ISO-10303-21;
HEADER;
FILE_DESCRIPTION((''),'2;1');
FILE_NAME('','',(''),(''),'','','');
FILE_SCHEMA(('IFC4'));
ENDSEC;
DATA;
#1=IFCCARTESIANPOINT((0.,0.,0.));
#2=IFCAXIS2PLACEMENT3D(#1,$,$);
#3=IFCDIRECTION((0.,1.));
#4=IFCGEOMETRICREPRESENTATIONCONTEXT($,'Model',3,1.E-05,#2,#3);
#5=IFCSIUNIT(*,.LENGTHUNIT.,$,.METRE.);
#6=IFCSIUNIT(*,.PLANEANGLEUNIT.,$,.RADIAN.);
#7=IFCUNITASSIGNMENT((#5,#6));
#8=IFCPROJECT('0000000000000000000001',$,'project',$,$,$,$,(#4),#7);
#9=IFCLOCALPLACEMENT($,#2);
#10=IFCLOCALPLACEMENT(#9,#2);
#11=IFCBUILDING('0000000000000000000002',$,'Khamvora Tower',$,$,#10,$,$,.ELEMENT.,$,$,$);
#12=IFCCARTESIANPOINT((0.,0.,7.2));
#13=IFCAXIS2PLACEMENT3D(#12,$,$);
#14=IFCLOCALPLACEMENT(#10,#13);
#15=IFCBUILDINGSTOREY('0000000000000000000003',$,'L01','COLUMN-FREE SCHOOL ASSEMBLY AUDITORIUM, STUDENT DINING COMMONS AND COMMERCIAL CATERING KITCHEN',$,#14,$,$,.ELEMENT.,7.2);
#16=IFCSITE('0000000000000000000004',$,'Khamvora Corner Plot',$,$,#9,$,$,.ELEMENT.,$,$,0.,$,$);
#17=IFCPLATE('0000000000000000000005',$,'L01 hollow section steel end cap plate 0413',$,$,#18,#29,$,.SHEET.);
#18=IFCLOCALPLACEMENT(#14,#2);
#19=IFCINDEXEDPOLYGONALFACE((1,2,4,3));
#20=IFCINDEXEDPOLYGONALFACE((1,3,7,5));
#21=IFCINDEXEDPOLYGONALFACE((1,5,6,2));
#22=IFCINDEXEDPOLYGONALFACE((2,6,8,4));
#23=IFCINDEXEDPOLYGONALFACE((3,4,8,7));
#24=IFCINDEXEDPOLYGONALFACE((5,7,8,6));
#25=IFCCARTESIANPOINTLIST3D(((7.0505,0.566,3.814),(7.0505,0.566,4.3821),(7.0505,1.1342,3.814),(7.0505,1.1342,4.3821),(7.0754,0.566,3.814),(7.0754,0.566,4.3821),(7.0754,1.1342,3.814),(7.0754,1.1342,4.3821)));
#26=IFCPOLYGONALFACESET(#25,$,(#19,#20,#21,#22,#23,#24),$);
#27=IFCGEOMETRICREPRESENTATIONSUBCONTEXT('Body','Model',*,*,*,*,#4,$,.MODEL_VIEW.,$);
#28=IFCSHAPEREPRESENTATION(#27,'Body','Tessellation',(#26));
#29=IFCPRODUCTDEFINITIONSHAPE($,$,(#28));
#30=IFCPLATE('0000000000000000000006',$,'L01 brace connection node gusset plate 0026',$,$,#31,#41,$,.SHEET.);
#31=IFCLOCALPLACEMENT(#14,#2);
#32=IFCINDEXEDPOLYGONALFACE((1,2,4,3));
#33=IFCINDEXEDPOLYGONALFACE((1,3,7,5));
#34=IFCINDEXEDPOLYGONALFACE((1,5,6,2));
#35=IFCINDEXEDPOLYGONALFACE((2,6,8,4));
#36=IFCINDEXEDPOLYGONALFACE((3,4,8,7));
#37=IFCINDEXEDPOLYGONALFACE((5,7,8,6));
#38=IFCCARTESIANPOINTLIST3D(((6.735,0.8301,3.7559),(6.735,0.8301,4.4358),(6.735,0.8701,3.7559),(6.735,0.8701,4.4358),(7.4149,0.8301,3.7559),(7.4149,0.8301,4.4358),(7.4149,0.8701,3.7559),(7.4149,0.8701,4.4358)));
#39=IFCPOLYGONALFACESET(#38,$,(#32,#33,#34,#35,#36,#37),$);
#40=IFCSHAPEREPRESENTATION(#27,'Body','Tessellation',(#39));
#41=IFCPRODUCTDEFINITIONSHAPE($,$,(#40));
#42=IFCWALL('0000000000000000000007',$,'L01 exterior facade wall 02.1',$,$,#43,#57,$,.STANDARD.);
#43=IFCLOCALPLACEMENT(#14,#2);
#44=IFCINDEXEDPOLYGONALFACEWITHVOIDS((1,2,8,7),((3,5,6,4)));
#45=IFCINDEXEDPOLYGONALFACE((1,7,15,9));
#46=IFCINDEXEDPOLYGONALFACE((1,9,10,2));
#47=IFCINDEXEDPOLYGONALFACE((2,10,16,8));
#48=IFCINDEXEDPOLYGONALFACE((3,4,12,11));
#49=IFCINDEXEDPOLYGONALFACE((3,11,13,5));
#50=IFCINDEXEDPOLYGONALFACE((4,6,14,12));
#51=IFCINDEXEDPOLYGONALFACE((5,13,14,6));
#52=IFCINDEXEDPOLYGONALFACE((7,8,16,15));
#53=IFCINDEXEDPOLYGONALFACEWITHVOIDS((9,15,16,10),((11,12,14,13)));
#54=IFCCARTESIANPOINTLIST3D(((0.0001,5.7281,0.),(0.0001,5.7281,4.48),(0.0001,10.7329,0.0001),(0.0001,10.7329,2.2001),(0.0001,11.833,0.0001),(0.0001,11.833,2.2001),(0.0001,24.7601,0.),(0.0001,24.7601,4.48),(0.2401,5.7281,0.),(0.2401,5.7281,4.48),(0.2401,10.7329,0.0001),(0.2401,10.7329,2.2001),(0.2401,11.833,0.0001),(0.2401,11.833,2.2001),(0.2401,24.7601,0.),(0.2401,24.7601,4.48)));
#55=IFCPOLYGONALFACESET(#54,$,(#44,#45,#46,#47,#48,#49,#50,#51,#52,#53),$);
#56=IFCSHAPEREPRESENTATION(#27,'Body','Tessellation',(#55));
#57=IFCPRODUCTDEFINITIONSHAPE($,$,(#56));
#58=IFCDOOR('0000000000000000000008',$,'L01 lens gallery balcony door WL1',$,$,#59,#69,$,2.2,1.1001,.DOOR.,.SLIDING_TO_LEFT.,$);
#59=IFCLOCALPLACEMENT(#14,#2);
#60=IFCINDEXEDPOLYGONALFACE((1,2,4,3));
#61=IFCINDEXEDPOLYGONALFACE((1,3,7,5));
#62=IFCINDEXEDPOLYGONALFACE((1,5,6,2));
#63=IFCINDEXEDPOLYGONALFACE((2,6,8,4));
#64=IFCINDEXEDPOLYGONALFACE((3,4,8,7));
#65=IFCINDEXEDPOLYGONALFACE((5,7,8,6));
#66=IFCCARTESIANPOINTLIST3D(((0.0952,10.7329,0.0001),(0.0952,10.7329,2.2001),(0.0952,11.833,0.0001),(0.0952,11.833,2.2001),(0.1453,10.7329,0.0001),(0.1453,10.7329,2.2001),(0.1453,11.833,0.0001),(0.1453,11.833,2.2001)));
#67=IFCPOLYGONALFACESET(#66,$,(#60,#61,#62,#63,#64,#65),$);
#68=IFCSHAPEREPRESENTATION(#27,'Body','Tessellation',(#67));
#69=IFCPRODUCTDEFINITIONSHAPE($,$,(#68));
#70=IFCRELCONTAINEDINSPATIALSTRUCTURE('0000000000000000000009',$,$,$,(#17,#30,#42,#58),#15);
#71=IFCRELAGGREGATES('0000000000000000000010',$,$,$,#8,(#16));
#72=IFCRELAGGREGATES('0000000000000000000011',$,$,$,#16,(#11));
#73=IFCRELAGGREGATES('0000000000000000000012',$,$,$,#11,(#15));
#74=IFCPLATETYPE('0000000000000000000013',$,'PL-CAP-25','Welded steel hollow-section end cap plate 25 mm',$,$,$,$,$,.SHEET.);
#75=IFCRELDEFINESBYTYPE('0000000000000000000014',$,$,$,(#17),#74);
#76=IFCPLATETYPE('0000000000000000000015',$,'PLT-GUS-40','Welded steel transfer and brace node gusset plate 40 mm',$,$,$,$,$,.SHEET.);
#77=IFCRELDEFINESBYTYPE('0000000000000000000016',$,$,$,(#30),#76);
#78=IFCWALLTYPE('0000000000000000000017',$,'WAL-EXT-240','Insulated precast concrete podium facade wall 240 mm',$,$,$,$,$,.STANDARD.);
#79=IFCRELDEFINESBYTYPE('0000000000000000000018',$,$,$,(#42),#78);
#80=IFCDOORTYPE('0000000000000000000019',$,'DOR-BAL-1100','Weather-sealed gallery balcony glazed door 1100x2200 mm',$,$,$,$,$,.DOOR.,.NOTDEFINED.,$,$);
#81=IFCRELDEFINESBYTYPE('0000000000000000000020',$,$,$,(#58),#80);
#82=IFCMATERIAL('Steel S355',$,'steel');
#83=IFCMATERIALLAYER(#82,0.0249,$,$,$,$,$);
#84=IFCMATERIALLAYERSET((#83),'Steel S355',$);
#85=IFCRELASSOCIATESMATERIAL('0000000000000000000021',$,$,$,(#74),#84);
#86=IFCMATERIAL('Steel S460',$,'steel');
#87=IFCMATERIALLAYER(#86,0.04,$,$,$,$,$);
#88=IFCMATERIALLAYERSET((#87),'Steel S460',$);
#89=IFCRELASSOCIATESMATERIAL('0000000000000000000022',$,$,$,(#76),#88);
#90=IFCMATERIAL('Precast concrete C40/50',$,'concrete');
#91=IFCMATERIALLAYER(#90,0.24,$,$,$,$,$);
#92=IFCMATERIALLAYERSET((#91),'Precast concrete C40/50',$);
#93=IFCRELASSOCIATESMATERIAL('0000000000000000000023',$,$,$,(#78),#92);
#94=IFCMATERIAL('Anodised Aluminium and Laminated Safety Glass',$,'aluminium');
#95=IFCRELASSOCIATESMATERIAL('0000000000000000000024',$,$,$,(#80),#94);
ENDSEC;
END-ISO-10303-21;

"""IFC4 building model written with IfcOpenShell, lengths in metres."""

from ifc_helpers import new_model, si_unit, direction, frame, frame_2d, origin, origin_2d, place, context, subcontext, project, spatial, rectangle, extrude, material, layer, layer_set, type_object, element, fill, save


model = new_model("IFC4")

# Units and contexts
model_context = context("Model", 3, precision=1e-05, world=origin(), true_north=direction((0.0, 1.0)))
body_context = subcontext(model_context, "Body", "Model", "MODEL_VIEW")
ifc_project = project(units=[si_unit("LENGTHUNIT", "METRE"), si_unit("PLANEANGLEUNIT", "RADIAN")], contexts=[model_context])

# Site, building, storey
site_placement = place(None, origin())
site = spatial("IfcSite", under=ifc_project, at=site_placement, Name="Khamvora Corner Plot", CompositionType="ELEMENT", RefElevation=0.0)
building_placement = place(site_placement, origin())
building = spatial("IfcBuilding", under=site, at=building_placement, Name="Khamvora Tower", CompositionType="ELEMENT")
storey_placement = place(building_placement, frame((0.0, 0.0, 7.2)))
storey = spatial("IfcBuildingStorey", under=building, at=storey_placement, Name="L01", Description="COLUMN-FREE SCHOOL ASSEMBLY AUDITORIUM, STUDENT DINING COMMONS AND COMMERCIAL CATERING KITCHEN", CompositionType="ELEMENT", Elevation=7.2)

# Shared definitions
ifc_material_1 = material(Name="Steel S460", Category="steel")

# Shared definitions
ifc_material_2 = material(Name="Steel S355", Category="steel")

# Plates
ifc_layer_1 = layer(ifc_material_2, 0.0249)
ifc_layer_set_1 = layer_set([ifc_layer_1], Name="Steel S355")
plate_type_1 = type_object("IfcPlateType", Name="PL-CAP-25", Description="Welded steel hollow-section end cap plate 25 mm", PredefinedType="SHEET", material=ifc_layer_set_1)
plate_1_placement = place(storey_placement, frame((7.063, 0.8501, 3.814), z_axis=(0.0, 0.0, 1.0), x_axis=(-1.0, 0.0, 0.0)))
element("IfcPlate", 1, at=plate_1_placement, inside=storey, type_object=plate_type_1, Name="L01 hollow section steel end cap plate 0413", PredefinedType="SHEET", context=body_context, shape_type="SweptSolid", body=[
    extrude(rectangle(XDim=0.0249, YDim=0.5681, at=origin_2d()), origin(), (0.0, 0.0, 1.0), 0.5681),
])
ifc_layer_2 = layer(ifc_material_1, 0.04)
ifc_layer_set_2 = layer_set([ifc_layer_2], Name="Steel S460")
plate_type_2 = type_object("IfcPlateType", Name="PLT-GUS-40", Description="Welded steel transfer and brace node gusset plate 40 mm", PredefinedType="SHEET", material=ifc_layer_set_2)
plate_2_placement = place(storey_placement, frame((7.075, 0.8501, 3.7559), z_axis=(0.0, 0.0, 1.0), x_axis=(1.0, 0.0, 0.0)))
element("IfcPlate", 2, at=plate_2_placement, inside=storey, type_object=plate_type_2, Name="L01 brace connection node gusset plate 0026", PredefinedType="SHEET", context=body_context, shape_type="SweptSolid", body=[
    extrude(rectangle(XDim=0.6799, YDim=0.04, at=origin_2d()), origin(), (0.0, 0.0, 1.0), 0.6799),
])

# Wall, opening, door
ifc_material_3 = material(Name="Precast concrete C40/50", Category="concrete")
ifc_layer_3 = layer(ifc_material_3, 0.24)
ifc_layer_set_3 = layer_set([ifc_layer_3], Name="Precast concrete C40/50")
wall_type = type_object("IfcWallType", Name="WAL-EXT-240", Description="Insulated precast concrete podium facade wall 240 mm", PredefinedType="STANDARD", material=ifc_layer_set_3)
wall_placement = place(storey_placement, frame((0.1201, 5.728, 0.0), z_axis=(0.0, 0.0, 1.0), x_axis=(0.0, 1.0, 0.0)))
wall = element("IfcWall", 3, at=wall_placement, inside=storey, type_object=wall_type, Name="L01 exterior facade wall 02.1", PredefinedType="STANDARD", context=body_context, shape_type="SweptSolid", body=[
    extrude(rectangle(XDim=19.032, YDim=0.24, at=frame_2d((9.5161, 0.0))), origin(), (0.0, 0.0, 1.0), 4.48),
])
opening_placement = place(wall_placement, frame((5.0049, 0.0, 0.0)))
opening = element("IfcOpeningElement", 4, at=opening_placement, cuts=wall, PredefinedType="OPENING", context=body_context, shape_type="SweptSolid", body=[
    extrude(rectangle(XDim=1.1001, YDim=2.2, at=frame_2d((0.55, 1.1001))), frame((0.0, 0.1299, 0.0), z_axis=(0.0, -1.0, 0.0), x_axis=(1.0, 0.0, 0.0)), (0.0, 0.0, 1.0), 0.26),
])
ifc_material_4 = material(Name="Anodised Aluminium and Laminated Safety Glass", Category="aluminium")
door_type = type_object("IfcDoorType", Name="DOR-BAL-1100", Description="Weather-sealed gallery balcony glazed door 1100x2200 mm", OperationType="NOTDEFINED", PredefinedType="DOOR", material=ifc_material_4)
door_placement = place(opening_placement, origin())
door = element("IfcDoor", 5, at=door_placement, inside=storey, type_object=door_type, Name="L01 lens gallery balcony door WL1", OperationType="SLIDING_TO_LEFT", OverallHeight=2.2, OverallWidth=1.1001, PredefinedType="DOOR", context=body_context, shape_type="SweptSolid", body=[
    extrude(rectangle(XDim=1.1001, YDim=2.2, at=frame_2d((0.55, 1.1001))), frame((0.0, 0.0249, 0.0), z_axis=(0.0, -1.0, 0.0), x_axis=(1.0, 0.0, 0.0)), (0.0, 0.0, 1.0), 0.05),
])
fill(opening, door)

save(model, "model.ifc")
